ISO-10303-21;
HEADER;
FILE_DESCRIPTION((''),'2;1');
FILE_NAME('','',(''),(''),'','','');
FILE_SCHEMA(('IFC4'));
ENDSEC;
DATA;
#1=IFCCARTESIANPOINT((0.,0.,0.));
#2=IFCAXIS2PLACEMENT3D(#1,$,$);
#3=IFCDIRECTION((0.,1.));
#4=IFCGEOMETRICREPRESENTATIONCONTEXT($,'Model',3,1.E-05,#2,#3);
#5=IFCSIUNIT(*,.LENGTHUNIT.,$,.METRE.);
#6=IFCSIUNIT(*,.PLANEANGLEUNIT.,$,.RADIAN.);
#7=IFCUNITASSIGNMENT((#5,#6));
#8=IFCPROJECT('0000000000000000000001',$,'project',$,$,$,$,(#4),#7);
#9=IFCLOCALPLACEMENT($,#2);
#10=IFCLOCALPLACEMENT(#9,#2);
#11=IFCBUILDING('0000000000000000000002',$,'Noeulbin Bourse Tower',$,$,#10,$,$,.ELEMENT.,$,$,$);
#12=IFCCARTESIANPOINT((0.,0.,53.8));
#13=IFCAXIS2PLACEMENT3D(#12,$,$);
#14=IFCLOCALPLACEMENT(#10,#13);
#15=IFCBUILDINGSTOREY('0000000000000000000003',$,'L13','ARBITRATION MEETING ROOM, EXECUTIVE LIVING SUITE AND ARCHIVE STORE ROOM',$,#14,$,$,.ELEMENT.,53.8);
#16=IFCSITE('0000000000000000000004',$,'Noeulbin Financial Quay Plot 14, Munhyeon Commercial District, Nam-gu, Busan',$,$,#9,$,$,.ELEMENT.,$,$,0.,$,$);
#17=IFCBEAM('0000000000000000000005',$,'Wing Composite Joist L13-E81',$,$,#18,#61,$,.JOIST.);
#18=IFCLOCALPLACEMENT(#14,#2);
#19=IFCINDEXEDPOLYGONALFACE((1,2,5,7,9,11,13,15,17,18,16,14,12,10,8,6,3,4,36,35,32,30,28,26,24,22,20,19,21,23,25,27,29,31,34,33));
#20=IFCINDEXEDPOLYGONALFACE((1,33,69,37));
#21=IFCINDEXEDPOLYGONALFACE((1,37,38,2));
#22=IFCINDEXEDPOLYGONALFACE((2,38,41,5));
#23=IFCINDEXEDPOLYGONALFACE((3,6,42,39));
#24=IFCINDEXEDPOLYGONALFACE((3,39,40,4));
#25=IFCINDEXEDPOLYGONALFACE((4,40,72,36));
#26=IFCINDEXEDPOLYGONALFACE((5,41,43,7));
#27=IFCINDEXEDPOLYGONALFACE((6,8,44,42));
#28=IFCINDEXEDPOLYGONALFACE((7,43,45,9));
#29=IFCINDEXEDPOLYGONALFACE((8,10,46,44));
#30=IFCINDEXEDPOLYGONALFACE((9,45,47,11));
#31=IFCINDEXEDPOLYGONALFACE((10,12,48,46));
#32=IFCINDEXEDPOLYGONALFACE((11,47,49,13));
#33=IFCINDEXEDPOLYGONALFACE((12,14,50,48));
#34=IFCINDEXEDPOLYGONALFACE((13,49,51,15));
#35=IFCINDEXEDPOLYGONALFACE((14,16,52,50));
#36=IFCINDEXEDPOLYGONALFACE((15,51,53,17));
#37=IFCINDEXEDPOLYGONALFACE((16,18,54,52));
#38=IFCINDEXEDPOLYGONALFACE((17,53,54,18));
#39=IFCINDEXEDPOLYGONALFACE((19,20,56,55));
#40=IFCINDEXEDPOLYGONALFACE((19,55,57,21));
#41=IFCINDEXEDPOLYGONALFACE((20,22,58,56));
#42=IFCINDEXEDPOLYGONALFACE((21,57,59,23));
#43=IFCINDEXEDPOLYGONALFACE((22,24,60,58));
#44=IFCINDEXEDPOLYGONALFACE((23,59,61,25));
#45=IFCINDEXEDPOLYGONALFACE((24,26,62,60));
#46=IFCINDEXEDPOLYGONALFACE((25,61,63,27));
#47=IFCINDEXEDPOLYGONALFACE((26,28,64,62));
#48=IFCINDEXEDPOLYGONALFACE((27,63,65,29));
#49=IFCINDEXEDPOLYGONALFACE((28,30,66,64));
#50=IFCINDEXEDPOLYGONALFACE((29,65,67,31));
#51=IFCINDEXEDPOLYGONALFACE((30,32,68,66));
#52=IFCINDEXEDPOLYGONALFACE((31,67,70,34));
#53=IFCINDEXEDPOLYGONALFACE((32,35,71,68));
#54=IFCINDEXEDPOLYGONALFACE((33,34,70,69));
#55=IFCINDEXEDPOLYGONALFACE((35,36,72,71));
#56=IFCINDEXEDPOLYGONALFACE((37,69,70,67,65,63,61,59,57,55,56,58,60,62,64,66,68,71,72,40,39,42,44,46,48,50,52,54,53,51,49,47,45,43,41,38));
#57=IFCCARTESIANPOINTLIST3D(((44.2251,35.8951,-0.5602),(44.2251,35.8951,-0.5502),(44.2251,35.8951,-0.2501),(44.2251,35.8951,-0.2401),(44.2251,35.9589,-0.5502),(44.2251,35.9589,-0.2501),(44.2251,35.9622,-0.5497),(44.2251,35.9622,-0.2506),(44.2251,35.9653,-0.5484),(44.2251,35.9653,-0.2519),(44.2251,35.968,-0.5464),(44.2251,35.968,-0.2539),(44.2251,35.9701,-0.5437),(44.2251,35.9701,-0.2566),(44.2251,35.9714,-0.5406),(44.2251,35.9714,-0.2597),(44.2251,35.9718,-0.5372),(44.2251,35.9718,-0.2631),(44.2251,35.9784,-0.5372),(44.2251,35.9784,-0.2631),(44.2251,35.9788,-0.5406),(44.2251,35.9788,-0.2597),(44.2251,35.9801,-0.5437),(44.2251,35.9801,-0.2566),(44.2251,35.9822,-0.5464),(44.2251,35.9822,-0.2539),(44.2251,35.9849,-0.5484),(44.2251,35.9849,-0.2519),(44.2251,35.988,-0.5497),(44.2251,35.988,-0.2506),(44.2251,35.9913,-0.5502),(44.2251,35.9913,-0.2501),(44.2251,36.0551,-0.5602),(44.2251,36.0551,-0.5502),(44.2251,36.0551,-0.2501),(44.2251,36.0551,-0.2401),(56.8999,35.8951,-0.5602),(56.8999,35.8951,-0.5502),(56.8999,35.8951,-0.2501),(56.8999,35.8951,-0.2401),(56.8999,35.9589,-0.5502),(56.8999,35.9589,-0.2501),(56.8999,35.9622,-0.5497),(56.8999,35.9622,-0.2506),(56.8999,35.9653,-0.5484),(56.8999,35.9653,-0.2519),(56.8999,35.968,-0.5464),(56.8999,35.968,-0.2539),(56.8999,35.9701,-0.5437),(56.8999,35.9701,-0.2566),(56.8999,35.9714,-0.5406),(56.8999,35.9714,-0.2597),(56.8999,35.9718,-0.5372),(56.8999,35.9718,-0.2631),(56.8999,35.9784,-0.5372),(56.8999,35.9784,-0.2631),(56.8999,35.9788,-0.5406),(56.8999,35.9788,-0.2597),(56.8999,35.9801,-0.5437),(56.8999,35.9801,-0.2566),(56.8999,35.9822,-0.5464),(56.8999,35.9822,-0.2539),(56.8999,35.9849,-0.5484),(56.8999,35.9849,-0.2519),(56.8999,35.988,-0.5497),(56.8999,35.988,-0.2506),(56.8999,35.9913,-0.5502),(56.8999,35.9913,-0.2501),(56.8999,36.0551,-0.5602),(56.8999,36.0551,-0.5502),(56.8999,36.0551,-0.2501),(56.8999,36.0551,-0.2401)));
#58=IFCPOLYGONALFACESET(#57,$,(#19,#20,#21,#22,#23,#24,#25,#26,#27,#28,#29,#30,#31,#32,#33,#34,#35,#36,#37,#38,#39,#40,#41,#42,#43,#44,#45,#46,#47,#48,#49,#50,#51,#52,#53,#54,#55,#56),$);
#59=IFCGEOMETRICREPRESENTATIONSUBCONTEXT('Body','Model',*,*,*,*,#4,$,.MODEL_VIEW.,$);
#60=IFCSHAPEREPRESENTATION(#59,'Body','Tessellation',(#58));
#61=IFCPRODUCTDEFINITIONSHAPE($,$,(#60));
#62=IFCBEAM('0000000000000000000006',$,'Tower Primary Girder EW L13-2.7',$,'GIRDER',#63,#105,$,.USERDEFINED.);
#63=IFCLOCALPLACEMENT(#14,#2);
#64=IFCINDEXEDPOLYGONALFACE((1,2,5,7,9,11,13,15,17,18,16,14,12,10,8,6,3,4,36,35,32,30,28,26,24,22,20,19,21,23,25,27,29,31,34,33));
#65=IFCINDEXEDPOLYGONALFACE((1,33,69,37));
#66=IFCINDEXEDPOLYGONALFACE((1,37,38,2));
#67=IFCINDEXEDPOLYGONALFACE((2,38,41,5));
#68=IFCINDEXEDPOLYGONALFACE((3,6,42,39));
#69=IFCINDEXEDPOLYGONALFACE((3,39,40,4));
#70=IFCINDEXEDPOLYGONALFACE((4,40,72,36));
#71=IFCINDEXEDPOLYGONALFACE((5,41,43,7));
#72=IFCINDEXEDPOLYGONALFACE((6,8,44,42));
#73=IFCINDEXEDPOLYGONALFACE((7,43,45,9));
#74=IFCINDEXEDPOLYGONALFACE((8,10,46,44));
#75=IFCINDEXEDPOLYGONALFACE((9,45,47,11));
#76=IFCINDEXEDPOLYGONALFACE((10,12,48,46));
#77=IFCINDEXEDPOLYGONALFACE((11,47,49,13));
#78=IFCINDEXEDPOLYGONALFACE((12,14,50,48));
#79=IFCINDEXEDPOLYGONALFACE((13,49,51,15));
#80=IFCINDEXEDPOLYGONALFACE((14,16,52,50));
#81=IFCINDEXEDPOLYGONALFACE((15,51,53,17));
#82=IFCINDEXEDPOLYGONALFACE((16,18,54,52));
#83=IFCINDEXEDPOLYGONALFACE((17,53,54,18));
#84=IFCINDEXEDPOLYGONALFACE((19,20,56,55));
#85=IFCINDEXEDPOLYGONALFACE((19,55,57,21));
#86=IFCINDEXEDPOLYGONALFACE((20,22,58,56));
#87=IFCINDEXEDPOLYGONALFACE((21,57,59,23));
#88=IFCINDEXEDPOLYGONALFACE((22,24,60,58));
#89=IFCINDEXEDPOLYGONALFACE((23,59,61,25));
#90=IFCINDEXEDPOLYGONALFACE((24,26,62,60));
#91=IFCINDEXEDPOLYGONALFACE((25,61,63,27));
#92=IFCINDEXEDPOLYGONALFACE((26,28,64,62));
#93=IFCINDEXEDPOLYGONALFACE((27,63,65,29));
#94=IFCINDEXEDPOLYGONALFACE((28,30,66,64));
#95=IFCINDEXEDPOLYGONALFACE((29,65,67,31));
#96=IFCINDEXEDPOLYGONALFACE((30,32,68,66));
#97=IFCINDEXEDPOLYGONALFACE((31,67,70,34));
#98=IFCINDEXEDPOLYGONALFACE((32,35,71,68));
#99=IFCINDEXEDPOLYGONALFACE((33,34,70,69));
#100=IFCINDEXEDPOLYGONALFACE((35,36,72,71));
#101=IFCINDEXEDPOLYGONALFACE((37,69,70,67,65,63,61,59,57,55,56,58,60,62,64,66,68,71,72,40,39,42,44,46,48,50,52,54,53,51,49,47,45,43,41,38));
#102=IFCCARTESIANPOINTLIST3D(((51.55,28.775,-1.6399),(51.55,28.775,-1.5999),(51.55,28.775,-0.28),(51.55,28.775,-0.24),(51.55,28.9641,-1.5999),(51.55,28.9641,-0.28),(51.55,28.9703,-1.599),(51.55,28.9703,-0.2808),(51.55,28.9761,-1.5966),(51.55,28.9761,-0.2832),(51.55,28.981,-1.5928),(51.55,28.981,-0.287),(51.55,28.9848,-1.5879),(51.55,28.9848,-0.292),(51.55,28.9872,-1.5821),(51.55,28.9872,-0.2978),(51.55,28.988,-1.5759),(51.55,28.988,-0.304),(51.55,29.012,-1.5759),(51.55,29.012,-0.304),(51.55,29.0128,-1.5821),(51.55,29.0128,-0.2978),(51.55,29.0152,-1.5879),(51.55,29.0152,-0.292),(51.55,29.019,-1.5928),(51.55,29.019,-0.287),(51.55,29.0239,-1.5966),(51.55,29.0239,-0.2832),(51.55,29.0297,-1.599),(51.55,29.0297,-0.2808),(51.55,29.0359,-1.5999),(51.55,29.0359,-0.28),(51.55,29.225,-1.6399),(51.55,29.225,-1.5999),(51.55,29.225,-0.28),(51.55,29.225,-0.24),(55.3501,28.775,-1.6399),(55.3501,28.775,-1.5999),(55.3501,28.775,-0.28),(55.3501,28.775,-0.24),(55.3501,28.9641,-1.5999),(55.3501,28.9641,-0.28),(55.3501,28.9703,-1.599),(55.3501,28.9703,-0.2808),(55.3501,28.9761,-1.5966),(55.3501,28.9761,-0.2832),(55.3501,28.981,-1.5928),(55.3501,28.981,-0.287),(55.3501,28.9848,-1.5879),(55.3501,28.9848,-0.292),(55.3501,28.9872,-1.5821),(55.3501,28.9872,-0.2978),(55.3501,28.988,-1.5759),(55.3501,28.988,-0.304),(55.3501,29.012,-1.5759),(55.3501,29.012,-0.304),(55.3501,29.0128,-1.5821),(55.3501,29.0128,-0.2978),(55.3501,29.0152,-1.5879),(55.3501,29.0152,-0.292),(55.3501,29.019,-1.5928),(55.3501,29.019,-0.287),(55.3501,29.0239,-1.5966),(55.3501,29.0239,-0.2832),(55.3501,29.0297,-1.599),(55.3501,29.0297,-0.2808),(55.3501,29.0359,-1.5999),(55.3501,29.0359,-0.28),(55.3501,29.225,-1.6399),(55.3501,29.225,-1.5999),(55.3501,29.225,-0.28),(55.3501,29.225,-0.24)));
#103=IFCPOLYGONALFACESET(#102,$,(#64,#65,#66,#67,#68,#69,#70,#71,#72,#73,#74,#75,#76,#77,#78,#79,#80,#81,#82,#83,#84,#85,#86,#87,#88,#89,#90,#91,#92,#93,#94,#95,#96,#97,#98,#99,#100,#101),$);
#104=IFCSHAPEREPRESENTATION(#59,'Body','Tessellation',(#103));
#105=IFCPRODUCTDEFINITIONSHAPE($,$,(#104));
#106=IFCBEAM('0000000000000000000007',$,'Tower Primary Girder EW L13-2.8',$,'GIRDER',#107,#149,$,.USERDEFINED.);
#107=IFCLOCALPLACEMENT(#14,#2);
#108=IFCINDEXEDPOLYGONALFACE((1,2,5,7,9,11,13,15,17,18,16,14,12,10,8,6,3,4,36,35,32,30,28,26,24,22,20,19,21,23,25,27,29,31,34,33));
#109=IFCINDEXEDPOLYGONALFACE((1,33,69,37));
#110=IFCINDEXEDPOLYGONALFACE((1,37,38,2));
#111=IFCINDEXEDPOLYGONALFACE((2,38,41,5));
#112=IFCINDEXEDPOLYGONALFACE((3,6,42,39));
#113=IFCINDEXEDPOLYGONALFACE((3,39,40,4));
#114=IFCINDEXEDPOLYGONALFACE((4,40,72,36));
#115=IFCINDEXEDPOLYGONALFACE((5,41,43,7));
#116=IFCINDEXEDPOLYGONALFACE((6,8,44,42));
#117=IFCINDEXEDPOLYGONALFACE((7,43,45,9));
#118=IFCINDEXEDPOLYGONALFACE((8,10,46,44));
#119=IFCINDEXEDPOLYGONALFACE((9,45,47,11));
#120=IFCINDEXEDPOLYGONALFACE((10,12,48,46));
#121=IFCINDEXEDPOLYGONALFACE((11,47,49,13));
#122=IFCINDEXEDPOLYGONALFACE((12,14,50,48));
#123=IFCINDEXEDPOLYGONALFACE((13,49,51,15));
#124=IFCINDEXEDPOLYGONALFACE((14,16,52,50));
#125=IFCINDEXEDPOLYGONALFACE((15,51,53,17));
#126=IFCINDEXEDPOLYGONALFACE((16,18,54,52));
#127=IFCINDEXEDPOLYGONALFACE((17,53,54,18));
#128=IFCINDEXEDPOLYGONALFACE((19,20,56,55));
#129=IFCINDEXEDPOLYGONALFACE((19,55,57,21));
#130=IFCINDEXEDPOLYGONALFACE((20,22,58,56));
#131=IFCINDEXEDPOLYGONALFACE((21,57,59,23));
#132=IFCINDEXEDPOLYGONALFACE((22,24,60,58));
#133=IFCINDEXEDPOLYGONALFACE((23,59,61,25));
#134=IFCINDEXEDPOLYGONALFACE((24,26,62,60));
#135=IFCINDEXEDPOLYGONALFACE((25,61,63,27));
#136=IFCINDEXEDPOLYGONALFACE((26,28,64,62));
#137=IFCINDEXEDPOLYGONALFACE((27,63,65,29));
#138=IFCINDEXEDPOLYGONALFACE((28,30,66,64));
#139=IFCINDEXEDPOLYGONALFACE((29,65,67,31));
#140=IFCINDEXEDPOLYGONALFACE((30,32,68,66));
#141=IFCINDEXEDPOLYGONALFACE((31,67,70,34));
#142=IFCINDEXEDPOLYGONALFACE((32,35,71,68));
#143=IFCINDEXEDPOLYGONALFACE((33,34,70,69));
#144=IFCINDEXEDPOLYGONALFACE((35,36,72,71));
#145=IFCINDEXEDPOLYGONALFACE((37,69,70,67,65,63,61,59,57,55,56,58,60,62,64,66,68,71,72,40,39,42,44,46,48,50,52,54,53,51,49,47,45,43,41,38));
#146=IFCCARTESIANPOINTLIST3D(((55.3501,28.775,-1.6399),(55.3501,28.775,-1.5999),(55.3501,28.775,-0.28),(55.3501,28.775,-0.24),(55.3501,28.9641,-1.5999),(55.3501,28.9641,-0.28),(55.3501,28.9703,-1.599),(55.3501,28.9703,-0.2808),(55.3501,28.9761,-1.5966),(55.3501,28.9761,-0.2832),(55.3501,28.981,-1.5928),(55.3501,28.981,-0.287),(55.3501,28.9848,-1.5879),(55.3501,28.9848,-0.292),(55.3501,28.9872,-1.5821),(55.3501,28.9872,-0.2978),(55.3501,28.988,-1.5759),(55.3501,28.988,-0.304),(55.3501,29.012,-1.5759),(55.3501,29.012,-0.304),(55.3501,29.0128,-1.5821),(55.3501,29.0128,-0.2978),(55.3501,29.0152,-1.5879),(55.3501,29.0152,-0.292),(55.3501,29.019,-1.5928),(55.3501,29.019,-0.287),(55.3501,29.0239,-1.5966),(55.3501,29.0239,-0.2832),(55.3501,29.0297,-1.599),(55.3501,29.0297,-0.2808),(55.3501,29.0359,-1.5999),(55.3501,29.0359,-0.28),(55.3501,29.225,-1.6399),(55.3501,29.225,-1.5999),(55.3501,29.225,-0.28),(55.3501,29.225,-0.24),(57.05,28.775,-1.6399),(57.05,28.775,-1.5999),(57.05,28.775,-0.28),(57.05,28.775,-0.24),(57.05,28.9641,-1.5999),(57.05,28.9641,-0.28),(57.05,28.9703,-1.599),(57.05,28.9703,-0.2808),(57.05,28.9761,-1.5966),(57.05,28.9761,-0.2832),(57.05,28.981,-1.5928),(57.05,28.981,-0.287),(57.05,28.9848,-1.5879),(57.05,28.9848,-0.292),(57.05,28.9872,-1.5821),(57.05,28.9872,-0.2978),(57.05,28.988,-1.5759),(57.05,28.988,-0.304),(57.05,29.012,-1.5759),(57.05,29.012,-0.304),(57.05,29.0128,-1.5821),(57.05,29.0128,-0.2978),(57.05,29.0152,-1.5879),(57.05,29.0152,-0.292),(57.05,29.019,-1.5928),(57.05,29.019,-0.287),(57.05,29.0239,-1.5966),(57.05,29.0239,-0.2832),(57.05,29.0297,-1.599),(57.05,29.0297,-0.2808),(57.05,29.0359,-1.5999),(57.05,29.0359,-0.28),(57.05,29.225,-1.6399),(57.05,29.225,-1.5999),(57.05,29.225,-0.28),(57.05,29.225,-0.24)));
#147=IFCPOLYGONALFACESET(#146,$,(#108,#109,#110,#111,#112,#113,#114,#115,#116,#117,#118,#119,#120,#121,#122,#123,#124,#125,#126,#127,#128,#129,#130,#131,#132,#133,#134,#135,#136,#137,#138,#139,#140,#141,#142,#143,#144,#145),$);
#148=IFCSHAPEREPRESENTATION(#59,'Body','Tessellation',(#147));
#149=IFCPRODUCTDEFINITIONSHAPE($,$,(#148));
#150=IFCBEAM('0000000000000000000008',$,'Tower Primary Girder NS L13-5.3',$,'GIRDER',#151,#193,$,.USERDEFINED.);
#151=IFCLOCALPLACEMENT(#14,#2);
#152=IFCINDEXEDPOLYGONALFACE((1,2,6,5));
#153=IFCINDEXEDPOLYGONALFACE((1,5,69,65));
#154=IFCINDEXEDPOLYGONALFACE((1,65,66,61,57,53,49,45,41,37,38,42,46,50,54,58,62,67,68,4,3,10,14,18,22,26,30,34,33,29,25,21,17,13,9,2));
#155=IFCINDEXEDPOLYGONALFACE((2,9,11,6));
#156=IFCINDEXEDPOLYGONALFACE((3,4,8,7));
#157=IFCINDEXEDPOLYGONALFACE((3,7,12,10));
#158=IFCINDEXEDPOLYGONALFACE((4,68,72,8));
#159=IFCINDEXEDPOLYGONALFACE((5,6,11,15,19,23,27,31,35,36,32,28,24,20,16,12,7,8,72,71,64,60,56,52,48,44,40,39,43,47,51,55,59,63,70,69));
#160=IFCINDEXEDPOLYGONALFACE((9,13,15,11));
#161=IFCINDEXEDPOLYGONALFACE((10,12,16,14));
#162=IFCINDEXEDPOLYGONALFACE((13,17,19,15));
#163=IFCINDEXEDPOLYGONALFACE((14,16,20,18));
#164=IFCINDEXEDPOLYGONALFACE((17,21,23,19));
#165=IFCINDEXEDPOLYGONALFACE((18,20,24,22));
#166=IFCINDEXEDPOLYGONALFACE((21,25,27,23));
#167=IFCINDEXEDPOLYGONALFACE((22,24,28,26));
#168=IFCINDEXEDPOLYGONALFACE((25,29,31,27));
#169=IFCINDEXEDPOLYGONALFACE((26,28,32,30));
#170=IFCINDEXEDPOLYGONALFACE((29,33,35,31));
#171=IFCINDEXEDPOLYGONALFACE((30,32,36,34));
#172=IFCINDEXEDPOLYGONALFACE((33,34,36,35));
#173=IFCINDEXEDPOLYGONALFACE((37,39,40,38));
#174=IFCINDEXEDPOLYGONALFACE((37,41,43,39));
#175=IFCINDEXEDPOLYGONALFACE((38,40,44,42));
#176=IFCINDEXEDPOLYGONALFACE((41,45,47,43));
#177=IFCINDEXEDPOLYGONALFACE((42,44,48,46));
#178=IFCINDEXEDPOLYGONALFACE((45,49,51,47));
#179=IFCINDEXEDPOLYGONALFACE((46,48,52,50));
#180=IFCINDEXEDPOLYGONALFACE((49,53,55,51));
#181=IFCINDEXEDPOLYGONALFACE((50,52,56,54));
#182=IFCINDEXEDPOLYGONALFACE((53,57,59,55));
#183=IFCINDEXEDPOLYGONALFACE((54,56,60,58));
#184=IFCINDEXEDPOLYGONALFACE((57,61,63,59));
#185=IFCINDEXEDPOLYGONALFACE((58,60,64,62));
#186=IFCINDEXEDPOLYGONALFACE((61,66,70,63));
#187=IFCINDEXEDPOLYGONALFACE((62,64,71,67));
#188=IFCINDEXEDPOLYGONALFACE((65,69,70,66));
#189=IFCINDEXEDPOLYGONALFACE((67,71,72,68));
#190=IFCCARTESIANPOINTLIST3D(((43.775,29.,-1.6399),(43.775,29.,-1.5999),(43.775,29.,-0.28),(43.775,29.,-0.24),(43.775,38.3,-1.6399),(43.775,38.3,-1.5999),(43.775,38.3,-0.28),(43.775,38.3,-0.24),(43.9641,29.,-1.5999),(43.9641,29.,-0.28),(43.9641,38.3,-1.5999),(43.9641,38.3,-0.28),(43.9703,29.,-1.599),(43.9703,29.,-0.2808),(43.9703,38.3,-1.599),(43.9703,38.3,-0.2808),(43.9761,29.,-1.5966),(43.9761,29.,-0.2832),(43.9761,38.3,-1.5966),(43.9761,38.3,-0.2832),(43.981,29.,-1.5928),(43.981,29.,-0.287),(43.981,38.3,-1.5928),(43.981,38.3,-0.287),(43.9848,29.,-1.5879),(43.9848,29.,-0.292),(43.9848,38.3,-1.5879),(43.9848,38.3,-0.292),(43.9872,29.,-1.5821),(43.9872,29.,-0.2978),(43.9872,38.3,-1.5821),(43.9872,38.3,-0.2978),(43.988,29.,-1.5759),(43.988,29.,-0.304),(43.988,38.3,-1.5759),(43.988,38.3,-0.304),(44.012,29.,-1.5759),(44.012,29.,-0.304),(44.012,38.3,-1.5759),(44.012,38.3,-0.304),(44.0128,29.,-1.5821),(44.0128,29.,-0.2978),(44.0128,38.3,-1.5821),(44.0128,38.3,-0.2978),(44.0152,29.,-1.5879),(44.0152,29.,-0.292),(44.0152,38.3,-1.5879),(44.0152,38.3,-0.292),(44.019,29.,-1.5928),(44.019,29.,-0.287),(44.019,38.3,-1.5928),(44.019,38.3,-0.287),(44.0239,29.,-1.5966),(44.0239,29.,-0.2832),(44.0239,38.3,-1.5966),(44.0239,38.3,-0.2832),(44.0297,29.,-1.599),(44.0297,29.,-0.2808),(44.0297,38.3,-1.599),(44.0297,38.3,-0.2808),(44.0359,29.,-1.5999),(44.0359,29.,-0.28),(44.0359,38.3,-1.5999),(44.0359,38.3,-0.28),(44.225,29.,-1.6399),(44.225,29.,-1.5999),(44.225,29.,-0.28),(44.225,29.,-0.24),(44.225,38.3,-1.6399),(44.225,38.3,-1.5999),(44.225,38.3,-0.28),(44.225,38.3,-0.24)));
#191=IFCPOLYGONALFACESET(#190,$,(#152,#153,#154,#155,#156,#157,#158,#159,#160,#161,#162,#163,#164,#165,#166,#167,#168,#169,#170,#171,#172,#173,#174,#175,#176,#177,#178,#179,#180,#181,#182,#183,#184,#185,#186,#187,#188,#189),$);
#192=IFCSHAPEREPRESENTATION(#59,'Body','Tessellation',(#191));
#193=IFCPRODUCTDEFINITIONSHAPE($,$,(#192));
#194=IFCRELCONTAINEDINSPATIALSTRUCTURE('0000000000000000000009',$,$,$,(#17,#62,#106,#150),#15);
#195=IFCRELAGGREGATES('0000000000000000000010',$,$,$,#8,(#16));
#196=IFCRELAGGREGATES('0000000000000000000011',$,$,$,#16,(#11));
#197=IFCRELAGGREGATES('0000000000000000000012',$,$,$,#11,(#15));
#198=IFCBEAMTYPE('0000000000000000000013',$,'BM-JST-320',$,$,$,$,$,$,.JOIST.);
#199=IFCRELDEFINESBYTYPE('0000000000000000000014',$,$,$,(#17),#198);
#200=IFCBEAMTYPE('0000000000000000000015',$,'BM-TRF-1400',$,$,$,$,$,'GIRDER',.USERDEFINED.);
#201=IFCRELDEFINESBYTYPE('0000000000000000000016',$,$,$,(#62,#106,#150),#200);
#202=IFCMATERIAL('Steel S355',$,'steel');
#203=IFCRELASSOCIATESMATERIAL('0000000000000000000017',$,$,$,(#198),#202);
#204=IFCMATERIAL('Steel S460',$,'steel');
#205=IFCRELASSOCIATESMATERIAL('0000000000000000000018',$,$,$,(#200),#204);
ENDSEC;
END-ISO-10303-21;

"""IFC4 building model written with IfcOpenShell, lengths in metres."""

from ifc_helpers import new_model, si_unit, direction, frame, origin, origin_2d, place, context, subcontext, project, spatial, i_section, extrude, material, material_profile, profile_set, type_object, element, save


model = new_model("IFC4")

# Units and contexts
model_context = context("Model", 3, precision=1e-05, world=origin(), true_north=direction((0.0, 1.0)))
body_context = subcontext(model_context, "Body", "Model", "MODEL_VIEW")
ifc_project = project(units=[si_unit("LENGTHUNIT", "METRE"), si_unit("PLANEANGLEUNIT", "RADIAN")], contexts=[model_context])

# Site, building, storey
site_placement = place(None, origin())
site = spatial("IfcSite", under=ifc_project, at=site_placement, Name="Noeulbin Financial Quay Plot 14, Munhyeon Commercial District, Nam-gu, Busan", CompositionType="ELEMENT", RefElevation=0.0)
building_placement = place(site_placement, origin())
building = spatial("IfcBuilding", under=site, at=building_placement, Name="Noeulbin Bourse Tower", CompositionType="ELEMENT")
storey_placement = place(building_placement, frame((0.0, 0.0, 53.8)))
storey = spatial("IfcBuildingStorey", under=building, at=storey_placement, Name="L13", Description="ARBITRATION MEETING ROOM, EXECUTIVE LIVING SUITE AND ARCHIVE STORE ROOM", CompositionType="ELEMENT", Elevation=53.8)

# Shared definitions
ifc_material_1 = material(Name="Steel S460", Category="steel")

# Beams
ifc_material_2 = material(Name="Steel S355", Category="steel")
ifc_material_profile_1 = material_profile(ifc_material_2, i_section(OverallWidth=0.1599, OverallDepth=0.3201, WebThickness=0.0066, FlangeThickness=0.01, FilletRadius=0.0129, at=origin_2d()), Name="H-320x160x6.5x10", Category="LoadBearing")
ifc_profile_set_1 = profile_set([ifc_material_profile_1], Name="Steel S355")
beam_type_1 = type_object("IfcBeamType", Name="BM-JST-320", PredefinedType="JOIST", material=ifc_profile_set_1)
for number, where, z_axis, x_axis, name in (
    (1, (44.2251, 35.9751, -0.4001), (1.0, 0.0, 0.0), (0.0, 1.0, 0.0), "Wing Composite Joist L13-E81"),
):
    element("IfcBeam", number, at=place(storey_placement, frame(where, z_axis=z_axis, x_axis=x_axis)), inside=storey, type_object=beam_type_1, Name=name, PredefinedType="JOIST", context=body_context, shape_type="SweptSolid", body=[
        extrude(i_section(OverallWidth=0.1599, OverallDepth=0.3201, WebThickness=0.0066, FlangeThickness=0.01, FilletRadius=0.0129, at=origin_2d()), origin(), (0.0, 0.0, 1.0), 12.6748),
    ])
ifc_material_profile_2 = material_profile(ifc_material_1, i_section(OverallWidth=0.45, OverallDepth=1.3999, WebThickness=0.0239, FlangeThickness=0.04, FilletRadius=0.0239, at=origin_2d()), Name="PG-1400x450x24x40", Category="LoadBearing")
ifc_profile_set_2 = profile_set([ifc_material_profile_2], Name="Steel S460")
beam_type_2 = type_object("IfcBeamType", Name="BM-TRF-1400", ElementType="GIRDER", PredefinedType="USERDEFINED", material=ifc_profile_set_2)
beam_1_placement = place(storey_placement, frame((51.55, 29.0, -0.9399), z_axis=(1.0, 0.0, 0.0), x_axis=(0.0, 1.0, 0.0)))
element("IfcBeam", 2, at=beam_1_placement, inside=storey, type_object=beam_type_2, Name="Tower Primary Girder EW L13-2.7", ObjectType="GIRDER", PredefinedType="USERDEFINED", context=body_context, shape_type="SweptSolid", body=[
    extrude(i_section(OverallWidth=0.45, OverallDepth=1.3999, WebThickness=0.0239, FlangeThickness=0.04, FilletRadius=0.0239, at=origin_2d()), origin(), (0.0, 0.0, 1.0), 3.8),
])
beam_2_placement = place(storey_placement, frame((55.3501, 29.0, -0.9399), z_axis=(1.0, 0.0, 0.0), x_axis=(0.0, 1.0, 0.0)))
element("IfcBeam", 3, at=beam_2_placement, inside=storey, type_object=beam_type_2, Name="Tower Primary Girder EW L13-2.8", ObjectType="GIRDER", PredefinedType="USERDEFINED", context=body_context, shape_type="SweptSolid", body=[
    extrude(i_section(OverallWidth=0.45, OverallDepth=1.3999, WebThickness=0.0239, FlangeThickness=0.04, FilletRadius=0.0239, at=origin_2d()), origin(), (0.0, 0.0, 1.0), 1.7),
])
for number, where, z_axis, x_axis, name in (
    (4, (44.0, 29.0, -0.9399), (0.0, 1.0, 0.0), (-1.0, 0.0, 0.0), "Tower Primary Girder NS L13-5.3"),
):
    element("IfcBeam", number, at=place(storey_placement, frame(where, z_axis=z_axis, x_axis=x_axis)), inside=storey, type_object=beam_type_2, Name=name, ObjectType="GIRDER", PredefinedType="USERDEFINED", context=body_context, shape_type="SweptSolid", body=[
        extrude(i_section(OverallWidth=0.45, OverallDepth=1.3999, WebThickness=0.0239, FlangeThickness=0.04, FilletRadius=0.0239, at=origin_2d()), origin(), (0.0, 0.0, 1.0), 9.3),
    ])

save(model, "model.ifc")
